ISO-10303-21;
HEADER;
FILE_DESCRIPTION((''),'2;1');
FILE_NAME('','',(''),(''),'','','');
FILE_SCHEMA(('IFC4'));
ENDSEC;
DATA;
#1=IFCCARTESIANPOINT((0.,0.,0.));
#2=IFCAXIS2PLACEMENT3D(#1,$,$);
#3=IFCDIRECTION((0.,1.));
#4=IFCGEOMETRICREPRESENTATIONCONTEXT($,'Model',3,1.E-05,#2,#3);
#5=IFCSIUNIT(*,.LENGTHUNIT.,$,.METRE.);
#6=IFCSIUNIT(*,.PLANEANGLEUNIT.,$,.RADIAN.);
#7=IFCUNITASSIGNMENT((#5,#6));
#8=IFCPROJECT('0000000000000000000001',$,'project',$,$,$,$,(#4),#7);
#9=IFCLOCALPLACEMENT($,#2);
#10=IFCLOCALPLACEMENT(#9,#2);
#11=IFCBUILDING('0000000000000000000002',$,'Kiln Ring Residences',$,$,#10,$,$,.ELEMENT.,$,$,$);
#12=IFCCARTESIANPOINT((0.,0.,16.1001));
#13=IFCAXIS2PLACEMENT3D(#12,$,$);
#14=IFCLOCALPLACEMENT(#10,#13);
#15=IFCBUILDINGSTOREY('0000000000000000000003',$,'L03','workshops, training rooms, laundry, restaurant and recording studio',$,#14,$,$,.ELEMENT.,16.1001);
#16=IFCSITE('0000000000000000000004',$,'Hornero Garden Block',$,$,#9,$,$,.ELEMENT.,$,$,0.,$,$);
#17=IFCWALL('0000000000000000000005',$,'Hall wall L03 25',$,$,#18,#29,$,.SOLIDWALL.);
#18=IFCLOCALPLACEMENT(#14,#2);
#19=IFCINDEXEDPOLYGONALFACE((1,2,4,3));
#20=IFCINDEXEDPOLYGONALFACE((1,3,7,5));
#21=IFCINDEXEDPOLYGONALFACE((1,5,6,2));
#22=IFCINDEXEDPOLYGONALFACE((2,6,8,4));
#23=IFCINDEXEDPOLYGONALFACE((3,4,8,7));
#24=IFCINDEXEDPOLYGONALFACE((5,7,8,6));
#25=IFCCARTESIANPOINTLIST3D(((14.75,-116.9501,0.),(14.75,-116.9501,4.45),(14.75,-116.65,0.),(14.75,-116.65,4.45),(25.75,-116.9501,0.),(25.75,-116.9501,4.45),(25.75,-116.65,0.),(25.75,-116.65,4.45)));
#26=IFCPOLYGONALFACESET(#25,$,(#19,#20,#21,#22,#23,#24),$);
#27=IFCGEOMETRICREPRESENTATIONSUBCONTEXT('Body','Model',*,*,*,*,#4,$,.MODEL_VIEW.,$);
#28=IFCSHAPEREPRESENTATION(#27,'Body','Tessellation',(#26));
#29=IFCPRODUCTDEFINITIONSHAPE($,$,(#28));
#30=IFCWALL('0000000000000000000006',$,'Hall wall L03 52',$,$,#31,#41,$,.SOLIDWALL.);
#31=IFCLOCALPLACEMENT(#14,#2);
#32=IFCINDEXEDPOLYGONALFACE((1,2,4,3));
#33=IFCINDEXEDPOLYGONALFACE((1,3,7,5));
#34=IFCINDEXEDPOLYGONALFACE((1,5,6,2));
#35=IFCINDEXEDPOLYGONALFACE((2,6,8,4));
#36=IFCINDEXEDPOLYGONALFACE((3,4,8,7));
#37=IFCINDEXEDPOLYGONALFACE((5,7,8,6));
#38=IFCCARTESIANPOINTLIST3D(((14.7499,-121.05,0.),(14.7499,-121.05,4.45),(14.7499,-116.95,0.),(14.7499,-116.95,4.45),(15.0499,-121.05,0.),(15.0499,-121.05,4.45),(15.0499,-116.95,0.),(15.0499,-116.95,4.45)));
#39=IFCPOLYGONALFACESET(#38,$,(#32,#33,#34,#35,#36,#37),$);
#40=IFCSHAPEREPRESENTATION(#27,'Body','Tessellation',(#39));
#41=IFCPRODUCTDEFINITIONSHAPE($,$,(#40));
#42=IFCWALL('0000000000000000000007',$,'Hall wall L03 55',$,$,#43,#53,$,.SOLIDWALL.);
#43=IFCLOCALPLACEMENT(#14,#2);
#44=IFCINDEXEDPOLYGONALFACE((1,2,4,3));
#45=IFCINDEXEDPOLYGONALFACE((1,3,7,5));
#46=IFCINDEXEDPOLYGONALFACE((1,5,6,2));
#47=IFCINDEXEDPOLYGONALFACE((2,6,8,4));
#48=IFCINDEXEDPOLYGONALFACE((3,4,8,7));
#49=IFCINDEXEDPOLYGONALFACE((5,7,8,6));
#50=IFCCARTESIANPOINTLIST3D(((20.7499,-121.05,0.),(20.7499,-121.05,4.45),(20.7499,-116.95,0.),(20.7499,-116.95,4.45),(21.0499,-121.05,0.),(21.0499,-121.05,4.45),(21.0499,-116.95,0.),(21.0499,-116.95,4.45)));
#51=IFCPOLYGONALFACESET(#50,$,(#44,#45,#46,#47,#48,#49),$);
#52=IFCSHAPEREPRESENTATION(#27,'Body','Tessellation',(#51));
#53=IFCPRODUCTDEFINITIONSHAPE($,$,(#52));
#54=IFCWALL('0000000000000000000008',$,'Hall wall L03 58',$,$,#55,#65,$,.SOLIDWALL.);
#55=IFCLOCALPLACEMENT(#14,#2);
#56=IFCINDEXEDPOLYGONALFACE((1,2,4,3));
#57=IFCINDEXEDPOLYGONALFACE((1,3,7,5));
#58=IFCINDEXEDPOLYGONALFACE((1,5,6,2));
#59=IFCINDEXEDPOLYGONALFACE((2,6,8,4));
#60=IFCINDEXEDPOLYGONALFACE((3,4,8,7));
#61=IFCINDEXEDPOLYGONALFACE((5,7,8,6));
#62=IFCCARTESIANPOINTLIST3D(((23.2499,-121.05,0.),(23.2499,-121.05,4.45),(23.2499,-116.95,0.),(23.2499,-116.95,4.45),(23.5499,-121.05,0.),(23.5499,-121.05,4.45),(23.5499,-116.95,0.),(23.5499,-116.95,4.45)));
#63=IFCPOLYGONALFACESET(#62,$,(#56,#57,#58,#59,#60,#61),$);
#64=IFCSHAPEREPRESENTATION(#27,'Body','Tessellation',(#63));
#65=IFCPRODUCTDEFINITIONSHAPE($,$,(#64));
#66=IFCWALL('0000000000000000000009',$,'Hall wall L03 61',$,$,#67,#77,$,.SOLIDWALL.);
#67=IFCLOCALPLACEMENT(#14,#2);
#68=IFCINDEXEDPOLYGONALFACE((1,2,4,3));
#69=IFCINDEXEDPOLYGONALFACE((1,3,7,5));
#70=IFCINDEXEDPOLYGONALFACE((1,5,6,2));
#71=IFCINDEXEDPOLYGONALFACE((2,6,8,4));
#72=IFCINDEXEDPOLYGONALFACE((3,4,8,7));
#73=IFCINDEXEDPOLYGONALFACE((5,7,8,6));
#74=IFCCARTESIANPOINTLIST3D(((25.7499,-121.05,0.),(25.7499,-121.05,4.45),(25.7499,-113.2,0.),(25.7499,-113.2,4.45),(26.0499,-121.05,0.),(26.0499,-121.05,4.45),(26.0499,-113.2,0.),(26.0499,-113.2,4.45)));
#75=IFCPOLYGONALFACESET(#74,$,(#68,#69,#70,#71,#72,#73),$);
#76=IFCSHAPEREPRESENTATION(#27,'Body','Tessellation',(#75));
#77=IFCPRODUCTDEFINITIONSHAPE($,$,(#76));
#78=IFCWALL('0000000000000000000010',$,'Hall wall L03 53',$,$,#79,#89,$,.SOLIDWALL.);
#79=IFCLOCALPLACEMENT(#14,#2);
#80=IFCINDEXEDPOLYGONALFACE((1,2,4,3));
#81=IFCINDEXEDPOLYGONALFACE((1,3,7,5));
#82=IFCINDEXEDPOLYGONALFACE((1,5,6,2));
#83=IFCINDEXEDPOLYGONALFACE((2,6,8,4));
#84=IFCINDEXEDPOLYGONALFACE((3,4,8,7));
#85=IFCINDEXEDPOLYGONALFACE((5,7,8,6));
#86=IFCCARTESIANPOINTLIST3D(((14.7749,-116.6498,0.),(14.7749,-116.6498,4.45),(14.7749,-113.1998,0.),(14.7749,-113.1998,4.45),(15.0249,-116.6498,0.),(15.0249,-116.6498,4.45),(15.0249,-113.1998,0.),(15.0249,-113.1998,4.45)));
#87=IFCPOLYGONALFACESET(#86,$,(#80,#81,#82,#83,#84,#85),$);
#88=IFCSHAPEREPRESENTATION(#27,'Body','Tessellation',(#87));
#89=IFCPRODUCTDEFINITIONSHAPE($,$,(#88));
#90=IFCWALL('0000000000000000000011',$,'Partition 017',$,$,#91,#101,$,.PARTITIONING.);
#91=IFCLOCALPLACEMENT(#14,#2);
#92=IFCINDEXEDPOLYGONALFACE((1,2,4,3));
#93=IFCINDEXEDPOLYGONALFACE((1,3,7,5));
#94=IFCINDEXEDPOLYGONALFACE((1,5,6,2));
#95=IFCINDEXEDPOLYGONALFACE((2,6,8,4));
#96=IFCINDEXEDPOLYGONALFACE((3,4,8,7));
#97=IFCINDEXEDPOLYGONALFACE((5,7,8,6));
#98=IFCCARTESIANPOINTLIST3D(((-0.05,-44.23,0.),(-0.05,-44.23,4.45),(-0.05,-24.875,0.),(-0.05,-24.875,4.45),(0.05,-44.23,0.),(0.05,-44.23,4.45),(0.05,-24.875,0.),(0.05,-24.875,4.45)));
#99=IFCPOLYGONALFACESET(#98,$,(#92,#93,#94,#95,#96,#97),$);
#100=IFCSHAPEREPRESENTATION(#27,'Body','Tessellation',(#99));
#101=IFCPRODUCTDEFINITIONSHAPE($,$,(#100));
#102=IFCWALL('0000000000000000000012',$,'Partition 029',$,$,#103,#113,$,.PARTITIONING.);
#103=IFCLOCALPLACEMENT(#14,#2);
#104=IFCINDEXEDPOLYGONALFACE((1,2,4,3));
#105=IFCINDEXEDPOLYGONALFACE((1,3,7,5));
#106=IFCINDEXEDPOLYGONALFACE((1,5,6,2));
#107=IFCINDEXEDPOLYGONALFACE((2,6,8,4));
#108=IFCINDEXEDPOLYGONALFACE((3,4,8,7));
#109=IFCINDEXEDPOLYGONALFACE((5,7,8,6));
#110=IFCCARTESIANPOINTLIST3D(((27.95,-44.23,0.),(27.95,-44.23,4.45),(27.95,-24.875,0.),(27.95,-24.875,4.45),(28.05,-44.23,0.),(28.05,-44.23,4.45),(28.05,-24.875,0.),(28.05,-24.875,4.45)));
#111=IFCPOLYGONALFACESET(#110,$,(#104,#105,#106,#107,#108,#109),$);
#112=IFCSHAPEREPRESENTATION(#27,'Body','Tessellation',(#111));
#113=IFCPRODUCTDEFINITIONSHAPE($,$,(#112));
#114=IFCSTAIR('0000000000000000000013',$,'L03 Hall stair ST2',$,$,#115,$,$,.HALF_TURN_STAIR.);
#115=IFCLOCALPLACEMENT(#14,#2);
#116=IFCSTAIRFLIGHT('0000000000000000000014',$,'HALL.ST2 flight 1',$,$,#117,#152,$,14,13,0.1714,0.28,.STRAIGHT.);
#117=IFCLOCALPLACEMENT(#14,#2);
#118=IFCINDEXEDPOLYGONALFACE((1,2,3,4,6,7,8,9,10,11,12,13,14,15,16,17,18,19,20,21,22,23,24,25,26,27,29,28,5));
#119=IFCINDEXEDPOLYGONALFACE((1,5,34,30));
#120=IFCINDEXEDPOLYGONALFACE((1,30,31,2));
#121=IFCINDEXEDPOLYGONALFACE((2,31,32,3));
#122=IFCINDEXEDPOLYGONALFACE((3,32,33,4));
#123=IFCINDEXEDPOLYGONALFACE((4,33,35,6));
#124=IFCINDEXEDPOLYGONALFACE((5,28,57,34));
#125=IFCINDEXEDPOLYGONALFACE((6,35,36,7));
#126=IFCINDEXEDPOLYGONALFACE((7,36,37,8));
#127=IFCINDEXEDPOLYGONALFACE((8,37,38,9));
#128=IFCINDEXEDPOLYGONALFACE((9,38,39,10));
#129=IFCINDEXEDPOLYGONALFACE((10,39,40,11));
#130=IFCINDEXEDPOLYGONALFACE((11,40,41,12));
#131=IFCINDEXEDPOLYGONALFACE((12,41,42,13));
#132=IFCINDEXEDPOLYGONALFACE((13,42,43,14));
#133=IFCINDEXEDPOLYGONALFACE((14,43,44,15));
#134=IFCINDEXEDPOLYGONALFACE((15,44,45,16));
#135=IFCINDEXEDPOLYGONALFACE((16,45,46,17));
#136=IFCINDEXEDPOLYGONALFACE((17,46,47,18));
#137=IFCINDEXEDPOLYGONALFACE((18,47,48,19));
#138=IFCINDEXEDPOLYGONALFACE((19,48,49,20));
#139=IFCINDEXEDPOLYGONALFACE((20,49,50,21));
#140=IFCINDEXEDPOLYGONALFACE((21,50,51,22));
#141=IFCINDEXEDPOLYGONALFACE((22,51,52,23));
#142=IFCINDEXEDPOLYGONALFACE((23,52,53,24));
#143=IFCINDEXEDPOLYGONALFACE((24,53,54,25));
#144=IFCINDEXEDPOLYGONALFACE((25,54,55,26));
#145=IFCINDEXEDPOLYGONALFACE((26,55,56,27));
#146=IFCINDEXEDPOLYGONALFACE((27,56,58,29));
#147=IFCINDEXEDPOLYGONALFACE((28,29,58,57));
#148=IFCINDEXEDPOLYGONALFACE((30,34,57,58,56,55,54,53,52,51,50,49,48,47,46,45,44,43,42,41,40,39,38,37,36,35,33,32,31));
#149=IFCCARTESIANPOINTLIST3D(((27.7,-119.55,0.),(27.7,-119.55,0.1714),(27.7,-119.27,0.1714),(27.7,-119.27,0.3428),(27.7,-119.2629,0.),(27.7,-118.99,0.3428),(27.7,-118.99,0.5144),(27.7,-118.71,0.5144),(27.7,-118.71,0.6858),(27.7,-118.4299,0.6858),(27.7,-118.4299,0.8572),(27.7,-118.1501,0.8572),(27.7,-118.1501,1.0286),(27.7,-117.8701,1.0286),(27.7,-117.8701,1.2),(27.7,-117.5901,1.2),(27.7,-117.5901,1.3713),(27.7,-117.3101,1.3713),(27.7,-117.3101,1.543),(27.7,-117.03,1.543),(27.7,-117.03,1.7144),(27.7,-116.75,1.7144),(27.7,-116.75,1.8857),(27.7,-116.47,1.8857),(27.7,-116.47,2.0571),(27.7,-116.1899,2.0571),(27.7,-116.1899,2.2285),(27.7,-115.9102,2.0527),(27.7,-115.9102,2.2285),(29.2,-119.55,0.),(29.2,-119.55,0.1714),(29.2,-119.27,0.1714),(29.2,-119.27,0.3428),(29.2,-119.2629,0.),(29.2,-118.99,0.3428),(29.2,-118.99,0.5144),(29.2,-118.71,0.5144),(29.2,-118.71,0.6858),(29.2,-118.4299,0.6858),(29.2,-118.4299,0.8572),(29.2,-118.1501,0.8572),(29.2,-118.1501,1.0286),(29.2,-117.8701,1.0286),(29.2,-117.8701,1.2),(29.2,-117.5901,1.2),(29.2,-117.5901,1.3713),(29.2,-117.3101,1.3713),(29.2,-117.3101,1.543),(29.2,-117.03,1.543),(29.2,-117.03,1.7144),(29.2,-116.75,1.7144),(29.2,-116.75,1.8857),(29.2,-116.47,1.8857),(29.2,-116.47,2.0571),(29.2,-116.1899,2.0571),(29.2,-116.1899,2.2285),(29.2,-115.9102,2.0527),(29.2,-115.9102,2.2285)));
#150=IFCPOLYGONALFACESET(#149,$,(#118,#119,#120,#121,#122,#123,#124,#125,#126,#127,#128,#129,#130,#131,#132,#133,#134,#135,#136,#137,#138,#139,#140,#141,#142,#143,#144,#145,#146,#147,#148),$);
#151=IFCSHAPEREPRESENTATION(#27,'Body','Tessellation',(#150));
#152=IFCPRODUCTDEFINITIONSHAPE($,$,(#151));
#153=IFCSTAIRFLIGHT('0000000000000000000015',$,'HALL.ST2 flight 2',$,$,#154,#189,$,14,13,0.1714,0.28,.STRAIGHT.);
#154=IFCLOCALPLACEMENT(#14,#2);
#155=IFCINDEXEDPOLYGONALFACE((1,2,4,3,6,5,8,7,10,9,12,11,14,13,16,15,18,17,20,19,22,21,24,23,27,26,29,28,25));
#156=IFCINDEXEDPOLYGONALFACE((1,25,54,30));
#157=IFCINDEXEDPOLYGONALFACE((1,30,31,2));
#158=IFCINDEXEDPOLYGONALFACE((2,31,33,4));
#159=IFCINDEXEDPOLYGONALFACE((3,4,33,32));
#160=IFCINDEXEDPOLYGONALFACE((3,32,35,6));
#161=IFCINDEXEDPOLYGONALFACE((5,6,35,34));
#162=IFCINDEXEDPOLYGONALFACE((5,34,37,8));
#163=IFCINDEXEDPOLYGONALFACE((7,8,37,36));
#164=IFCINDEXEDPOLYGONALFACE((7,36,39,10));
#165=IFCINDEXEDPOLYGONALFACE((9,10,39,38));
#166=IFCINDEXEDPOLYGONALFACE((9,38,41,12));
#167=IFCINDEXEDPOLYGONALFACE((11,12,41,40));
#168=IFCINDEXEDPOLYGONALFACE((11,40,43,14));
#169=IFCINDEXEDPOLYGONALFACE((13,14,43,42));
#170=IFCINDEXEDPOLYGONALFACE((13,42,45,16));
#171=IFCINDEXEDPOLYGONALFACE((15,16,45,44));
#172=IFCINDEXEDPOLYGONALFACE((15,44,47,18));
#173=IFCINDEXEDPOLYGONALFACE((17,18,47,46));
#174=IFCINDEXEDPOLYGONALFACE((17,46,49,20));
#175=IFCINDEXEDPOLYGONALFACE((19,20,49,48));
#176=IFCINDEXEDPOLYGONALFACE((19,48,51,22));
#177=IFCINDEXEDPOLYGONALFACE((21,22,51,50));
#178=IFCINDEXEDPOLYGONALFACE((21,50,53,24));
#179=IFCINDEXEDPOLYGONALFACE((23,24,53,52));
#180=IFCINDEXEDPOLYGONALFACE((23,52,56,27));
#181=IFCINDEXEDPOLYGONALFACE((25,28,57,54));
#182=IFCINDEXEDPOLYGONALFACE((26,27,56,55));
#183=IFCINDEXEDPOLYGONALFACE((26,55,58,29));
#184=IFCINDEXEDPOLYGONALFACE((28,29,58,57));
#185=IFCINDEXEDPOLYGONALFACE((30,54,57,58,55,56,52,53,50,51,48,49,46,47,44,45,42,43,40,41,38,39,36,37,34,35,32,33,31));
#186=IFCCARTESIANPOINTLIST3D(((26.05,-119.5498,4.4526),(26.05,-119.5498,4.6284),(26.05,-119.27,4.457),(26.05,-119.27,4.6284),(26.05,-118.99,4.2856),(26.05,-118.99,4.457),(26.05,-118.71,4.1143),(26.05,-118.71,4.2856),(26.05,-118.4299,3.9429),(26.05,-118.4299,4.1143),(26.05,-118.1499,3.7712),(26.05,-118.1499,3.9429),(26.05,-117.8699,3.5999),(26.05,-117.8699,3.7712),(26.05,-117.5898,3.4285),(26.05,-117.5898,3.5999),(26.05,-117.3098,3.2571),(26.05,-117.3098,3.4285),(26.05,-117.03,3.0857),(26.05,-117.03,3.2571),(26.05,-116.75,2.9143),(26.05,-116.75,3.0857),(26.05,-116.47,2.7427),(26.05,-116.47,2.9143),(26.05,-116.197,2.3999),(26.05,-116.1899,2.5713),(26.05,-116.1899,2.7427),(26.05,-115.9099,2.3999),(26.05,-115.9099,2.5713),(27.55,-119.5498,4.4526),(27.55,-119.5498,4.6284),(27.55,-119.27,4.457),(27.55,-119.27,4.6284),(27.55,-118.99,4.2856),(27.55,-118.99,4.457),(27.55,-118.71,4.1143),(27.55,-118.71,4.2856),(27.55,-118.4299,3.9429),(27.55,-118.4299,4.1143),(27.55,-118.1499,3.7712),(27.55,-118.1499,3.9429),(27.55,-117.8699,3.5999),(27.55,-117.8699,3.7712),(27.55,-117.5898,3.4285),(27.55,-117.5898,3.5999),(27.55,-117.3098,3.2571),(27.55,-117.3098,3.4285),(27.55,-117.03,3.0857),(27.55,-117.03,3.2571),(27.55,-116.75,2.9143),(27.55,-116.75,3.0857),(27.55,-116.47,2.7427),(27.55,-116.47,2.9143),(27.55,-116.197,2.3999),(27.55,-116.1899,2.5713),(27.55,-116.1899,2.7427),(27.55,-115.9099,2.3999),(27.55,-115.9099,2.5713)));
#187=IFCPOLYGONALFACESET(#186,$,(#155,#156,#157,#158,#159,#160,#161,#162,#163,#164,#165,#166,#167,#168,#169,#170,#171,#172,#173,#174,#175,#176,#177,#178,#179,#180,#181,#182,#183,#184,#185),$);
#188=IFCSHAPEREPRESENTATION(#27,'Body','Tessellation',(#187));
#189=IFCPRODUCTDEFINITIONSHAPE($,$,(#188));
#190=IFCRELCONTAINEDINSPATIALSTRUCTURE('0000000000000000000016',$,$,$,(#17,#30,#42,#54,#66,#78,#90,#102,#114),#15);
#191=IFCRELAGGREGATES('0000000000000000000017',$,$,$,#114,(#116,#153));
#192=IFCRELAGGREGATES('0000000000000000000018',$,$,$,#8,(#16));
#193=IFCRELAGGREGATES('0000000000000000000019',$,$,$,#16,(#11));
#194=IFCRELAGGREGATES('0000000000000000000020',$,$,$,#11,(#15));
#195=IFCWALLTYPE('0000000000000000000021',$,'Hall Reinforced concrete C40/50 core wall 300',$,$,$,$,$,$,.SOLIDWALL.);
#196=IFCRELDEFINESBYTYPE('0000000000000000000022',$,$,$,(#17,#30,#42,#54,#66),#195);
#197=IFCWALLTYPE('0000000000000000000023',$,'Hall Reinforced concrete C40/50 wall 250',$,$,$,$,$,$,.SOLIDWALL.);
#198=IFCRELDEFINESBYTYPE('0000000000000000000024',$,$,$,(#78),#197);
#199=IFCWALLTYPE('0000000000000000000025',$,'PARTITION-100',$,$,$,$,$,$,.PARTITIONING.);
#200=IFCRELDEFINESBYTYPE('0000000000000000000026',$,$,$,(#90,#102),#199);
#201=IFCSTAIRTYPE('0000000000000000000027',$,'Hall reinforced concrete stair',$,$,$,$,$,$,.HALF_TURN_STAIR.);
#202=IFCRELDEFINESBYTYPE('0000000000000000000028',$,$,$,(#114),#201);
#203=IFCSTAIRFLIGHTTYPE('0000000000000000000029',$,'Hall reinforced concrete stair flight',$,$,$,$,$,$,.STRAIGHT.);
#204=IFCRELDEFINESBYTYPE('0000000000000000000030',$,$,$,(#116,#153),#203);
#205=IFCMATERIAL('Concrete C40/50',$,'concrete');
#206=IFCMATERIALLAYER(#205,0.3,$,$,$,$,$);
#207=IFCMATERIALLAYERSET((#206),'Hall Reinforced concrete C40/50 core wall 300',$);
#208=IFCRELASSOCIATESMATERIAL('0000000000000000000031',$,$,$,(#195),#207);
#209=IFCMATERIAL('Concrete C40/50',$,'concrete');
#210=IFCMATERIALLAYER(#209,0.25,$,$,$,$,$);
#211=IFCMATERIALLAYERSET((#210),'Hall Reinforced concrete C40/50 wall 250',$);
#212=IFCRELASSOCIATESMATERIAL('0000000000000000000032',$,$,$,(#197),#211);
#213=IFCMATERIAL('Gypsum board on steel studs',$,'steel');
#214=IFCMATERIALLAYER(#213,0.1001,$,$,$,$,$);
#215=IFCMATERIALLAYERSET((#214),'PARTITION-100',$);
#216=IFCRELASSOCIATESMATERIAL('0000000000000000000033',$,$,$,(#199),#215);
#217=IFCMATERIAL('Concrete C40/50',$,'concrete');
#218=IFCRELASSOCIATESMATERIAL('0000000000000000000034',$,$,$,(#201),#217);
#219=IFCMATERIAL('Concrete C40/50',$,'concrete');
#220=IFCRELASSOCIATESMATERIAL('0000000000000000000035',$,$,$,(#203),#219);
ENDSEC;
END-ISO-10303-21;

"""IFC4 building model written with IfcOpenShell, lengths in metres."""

from ifc_helpers import new_model, si_unit, direction, frame, frame_2d, origin, place, context, subcontext, project, spatial, polyline, rectangle, outline, extrude, material, layer, layer_set, type_object, element, aggregate, save


model = new_model("IFC4")

# Units and contexts
model_context = context("Model", 3, precision=1e-05, world=origin(), true_north=direction((0.0, 1.0)))
body_context = subcontext(model_context, "Body", "Model", "MODEL_VIEW")
ifc_project = project(units=[si_unit("LENGTHUNIT", "METRE"), si_unit("PLANEANGLEUNIT", "RADIAN")], contexts=[model_context])

# Site, building, storey
site_placement = place(None, origin())
site = spatial("IfcSite", under=ifc_project, at=site_placement, Name="Hornero Garden Block", CompositionType="ELEMENT", RefElevation=0.0)
building_placement = place(site_placement, origin())
building = spatial("IfcBuilding", under=site, at=building_placement, Name="Kiln Ring Residences", CompositionType="ELEMENT")
storey_placement = place(building_placement, frame((0.0, 0.0, 16.1001)))
storey = spatial("IfcBuildingStorey", under=building, at=storey_placement, Name="L03", Description="workshops, training rooms, laundry, restaurant and recording studio", CompositionType="ELEMENT", Elevation=16.1001)

# Walls
ifc_material_1 = material(Name="Concrete C40/50", Category="concrete")
ifc_layer_1 = layer(ifc_material_1, 0.3)
ifc_layer_set_1 = layer_set([ifc_layer_1], Name="Hall Reinforced concrete C40/50 core wall 300")
wall_type_1 = type_object("IfcWallType", Name="Hall Reinforced concrete C40/50 core wall 300", PredefinedType="SOLIDWALL", material=ifc_layer_set_1)
wall_1_placement = place(storey_placement, frame((14.75, -116.8, 0.0), z_axis=(0.0, 0.0, 1.0), x_axis=(1.0, 0.0, 0.0)))
element("IfcWall", 1, at=wall_1_placement, inside=storey, type_object=wall_type_1, Name="Hall wall L03 25", PredefinedType="SOLIDWALL", context=body_context, shape_type="SweptSolid", body=[
    extrude(rectangle(XDim=11.0, YDim=0.3, at=frame_2d((5.5, 0.0))), origin(), (0.0, 0.0, 1.0), 4.45),
])
for number, where, z_axis, x_axis, name in (
    (2, (14.8999, -121.05, 0.0), (0.0, 0.0, 1.0), (0.0, 1.0, 0.0), "Hall wall L03 52"),
    (3, (20.8999, -121.05, 0.0), (0.0, 0.0, 1.0), (0.0, 1.0, 0.0), "Hall wall L03 55"),
    (4, (23.3999, -121.05, 0.0), (0.0, 0.0, 1.0), (0.0, 1.0, 0.0), "Hall wall L03 58"),
):
    element("IfcWall", number, at=place(storey_placement, frame(where, z_axis=z_axis, x_axis=x_axis)), inside=storey, type_object=wall_type_1, Name=name, PredefinedType="SOLIDWALL", context=body_context, shape_type="SweptSolid", body=[
        extrude(rectangle(XDim=4.1001, YDim=0.3, at=frame_2d((2.05, 0.0))), origin(), (0.0, 0.0, 1.0), 4.45),
    ])
wall_2_placement = place(storey_placement, frame((25.8999, -121.05, 0.0), z_axis=(0.0, 0.0, 1.0), x_axis=(0.0, 1.0, 0.0)))
element("IfcWall", 5, at=wall_2_placement, inside=storey, type_object=wall_type_1, Name="Hall wall L03 61", PredefinedType="SOLIDWALL", context=body_context, shape_type="SweptSolid", body=[
    extrude(rectangle(XDim=7.8501, YDim=0.3, at=frame_2d((3.925, 0.0))), origin(), (0.0, 0.0, 1.0), 4.45),
])
ifc_material_2 = material(Name="Concrete C40/50", Category="concrete")
ifc_layer_2 = layer(ifc_material_2, 0.25)
ifc_layer_set_2 = layer_set([ifc_layer_2], Name="Hall Reinforced concrete C40/50 wall 250")
wall_type_2 = type_object("IfcWallType", Name="Hall Reinforced concrete C40/50 wall 250", PredefinedType="SOLIDWALL", material=ifc_layer_set_2)
wall_3_placement = place(storey_placement, frame((14.8999, -116.6499, 0.0), z_axis=(0.0, 0.0, 1.0), x_axis=(0.0, 1.0, 0.0)))
element("IfcWall", 6, at=wall_3_placement, inside=storey, type_object=wall_type_2, Name="Hall wall L03 53", PredefinedType="SOLIDWALL", context=body_context, shape_type="SweptSolid", body=[
    extrude(rectangle(XDim=3.45, YDim=0.25, at=frame_2d((1.7251, 0.0))), origin(), (0.0, 0.0, 1.0), 4.45),
])
ifc_material_3 = material(Name="Gypsum board on steel studs", Category="steel")
ifc_layer_3 = layer(ifc_material_3, 0.1001)
ifc_layer_set_3 = layer_set([ifc_layer_3], Name="PARTITION-100")
wall_type_3 = type_object("IfcWallType", Name="PARTITION-100", PredefinedType="PARTITIONING", material=ifc_layer_set_3)
for number, where, z_axis, x_axis, name in (
    (7, (0.0, -44.23, 0.0), (0.0, 0.0, 1.0), (0.0, 1.0, 0.0), "Partition 017"),
    (8, (28.0, -44.23, 0.0), (0.0, 0.0, 1.0), (0.0, 1.0, 0.0), "Partition 029"),
):
    element("IfcWall", number, at=place(storey_placement, frame(where, z_axis=z_axis, x_axis=x_axis)), inside=storey, type_object=wall_type_3, Name=name, PredefinedType="PARTITIONING", context=body_context, shape_type="SweptSolid", body=[
        extrude(rectangle(XDim=19.355, YDim=0.1001, at=frame_2d((9.6775, 0.0))), origin(), (0.0, 0.0, 1.0), 4.45),
    ])

# Stair, stair flights
ifc_material_4 = material(Name="Concrete C40/50", Category="concrete")
stair_type = type_object("IfcStairType", Name="Hall reinforced concrete stair", PredefinedType="HALF_TURN_STAIR", material=ifc_material_4)
stair_placement = place(storey_placement, origin())
stair = element("IfcStair", 9, at=stair_placement, inside=storey, type_object=stair_type, Name="L03 Hall stair ST2", PredefinedType="HALF_TURN_STAIR")
ifc_material_5 = material(Name="Concrete C40/50", Category="concrete")
stair_flight_type = type_object("IfcStairFlightType", Name="Hall reinforced concrete stair flight", PredefinedType="STRAIGHT", material=ifc_material_5)
stair_flight_1_placement = place(storey_placement, frame((28.45, -119.55, 0.0), z_axis=(0.0, 0.0, 1.0), x_axis=(0.0, 1.0, 0.0)))
stair_flight_1 = element("IfcStairFlight", 10, at=stair_flight_1_placement, type_object=stair_flight_type, Name="HALL.ST2 flight 1", NumberOfRisers=14, NumberOfTreads=13, PredefinedType="STRAIGHT", RiserHeight=0.1714, TreadLength=0.28, context=body_context, shape_type="SweptSolid", body=[
    extrude(outline(polyline([(0.0, 0.0), (0.0, 0.1714), (0.28, 0.1714), (0.28, 0.3428), (0.5601, 0.3428), (0.5601, 0.5144), (0.8401, 0.5144), (0.8401, 0.6858), (1.1201, 0.6858), (1.1201, 0.8572), (1.3999, 0.8572), (1.3999, 1.0286), (1.6799, 1.0286), (1.6799, 1.2), (1.96, 1.2), (1.96, 1.3713), (2.24, 1.3713), (2.24, 1.543), (2.52, 1.543), (2.52, 1.7144), (2.8, 1.7144), (2.8, 1.8857), (3.0801, 1.8857), (3.0801, 2.0571), (3.3601, 2.0571), (3.3601, 2.2285), (3.6399, 2.2285), (3.6399, 2.3999), (3.6399, 2.0527), (0.2871, 0.0), (0.0, 0.0)])), frame((0.0, 0.75, 0.0), z_axis=(0.0, -1.0, 0.0), x_axis=(1.0, 0.0, 0.0)), (0.0, 0.0, 1.0), 1.5),
])
stair_flight_2_placement = place(storey_placement, frame((26.8, -115.9099, 2.3999), z_axis=(0.0, 0.0, 1.0), x_axis=(0.0, -1.0, 0.0)))
stair_flight_2 = element("IfcStairFlight", 11, at=stair_flight_2_placement, type_object=stair_flight_type, Name="HALL.ST2 flight 2", NumberOfRisers=14, NumberOfTreads=13, PredefinedType="STRAIGHT", RiserHeight=0.1714, TreadLength=0.28, context=body_context, shape_type="SweptSolid", body=[
    extrude(outline(polyline([(0.0, 0.0), (0.0, 0.1714), (0.28, 0.1714), (0.28, 0.3428), (0.5601, 0.3428), (0.5601, 0.5144), (0.8401, 0.5144), (0.8401, 0.6858), (1.1201, 0.6858), (1.1201, 0.8572), (1.3999, 0.8572), (1.3999, 1.0286), (1.6799, 1.0286), (1.6799, 1.2), (1.96, 1.2), (1.96, 1.3713), (2.24, 1.3713), (2.24, 1.543), (2.52, 1.543), (2.52, 1.7144), (2.8, 1.7144), (2.8, 1.8857), (3.0801, 1.8857), (3.0801, 2.0571), (3.3601, 2.0571), (3.3601, 2.2285), (3.6399, 2.2285), (3.6399, 2.3999), (3.6399, 2.0527), (0.2871, 0.0), (0.0, 0.0)])), frame((0.0, 0.75, 0.0), z_axis=(0.0, -1.0, 0.0), x_axis=(1.0, 0.0, 0.0)), (0.0, 0.0, 1.0), 1.5),
])
aggregate(stair, [stair_flight_1, stair_flight_2])

save(model, "model.ifc")
